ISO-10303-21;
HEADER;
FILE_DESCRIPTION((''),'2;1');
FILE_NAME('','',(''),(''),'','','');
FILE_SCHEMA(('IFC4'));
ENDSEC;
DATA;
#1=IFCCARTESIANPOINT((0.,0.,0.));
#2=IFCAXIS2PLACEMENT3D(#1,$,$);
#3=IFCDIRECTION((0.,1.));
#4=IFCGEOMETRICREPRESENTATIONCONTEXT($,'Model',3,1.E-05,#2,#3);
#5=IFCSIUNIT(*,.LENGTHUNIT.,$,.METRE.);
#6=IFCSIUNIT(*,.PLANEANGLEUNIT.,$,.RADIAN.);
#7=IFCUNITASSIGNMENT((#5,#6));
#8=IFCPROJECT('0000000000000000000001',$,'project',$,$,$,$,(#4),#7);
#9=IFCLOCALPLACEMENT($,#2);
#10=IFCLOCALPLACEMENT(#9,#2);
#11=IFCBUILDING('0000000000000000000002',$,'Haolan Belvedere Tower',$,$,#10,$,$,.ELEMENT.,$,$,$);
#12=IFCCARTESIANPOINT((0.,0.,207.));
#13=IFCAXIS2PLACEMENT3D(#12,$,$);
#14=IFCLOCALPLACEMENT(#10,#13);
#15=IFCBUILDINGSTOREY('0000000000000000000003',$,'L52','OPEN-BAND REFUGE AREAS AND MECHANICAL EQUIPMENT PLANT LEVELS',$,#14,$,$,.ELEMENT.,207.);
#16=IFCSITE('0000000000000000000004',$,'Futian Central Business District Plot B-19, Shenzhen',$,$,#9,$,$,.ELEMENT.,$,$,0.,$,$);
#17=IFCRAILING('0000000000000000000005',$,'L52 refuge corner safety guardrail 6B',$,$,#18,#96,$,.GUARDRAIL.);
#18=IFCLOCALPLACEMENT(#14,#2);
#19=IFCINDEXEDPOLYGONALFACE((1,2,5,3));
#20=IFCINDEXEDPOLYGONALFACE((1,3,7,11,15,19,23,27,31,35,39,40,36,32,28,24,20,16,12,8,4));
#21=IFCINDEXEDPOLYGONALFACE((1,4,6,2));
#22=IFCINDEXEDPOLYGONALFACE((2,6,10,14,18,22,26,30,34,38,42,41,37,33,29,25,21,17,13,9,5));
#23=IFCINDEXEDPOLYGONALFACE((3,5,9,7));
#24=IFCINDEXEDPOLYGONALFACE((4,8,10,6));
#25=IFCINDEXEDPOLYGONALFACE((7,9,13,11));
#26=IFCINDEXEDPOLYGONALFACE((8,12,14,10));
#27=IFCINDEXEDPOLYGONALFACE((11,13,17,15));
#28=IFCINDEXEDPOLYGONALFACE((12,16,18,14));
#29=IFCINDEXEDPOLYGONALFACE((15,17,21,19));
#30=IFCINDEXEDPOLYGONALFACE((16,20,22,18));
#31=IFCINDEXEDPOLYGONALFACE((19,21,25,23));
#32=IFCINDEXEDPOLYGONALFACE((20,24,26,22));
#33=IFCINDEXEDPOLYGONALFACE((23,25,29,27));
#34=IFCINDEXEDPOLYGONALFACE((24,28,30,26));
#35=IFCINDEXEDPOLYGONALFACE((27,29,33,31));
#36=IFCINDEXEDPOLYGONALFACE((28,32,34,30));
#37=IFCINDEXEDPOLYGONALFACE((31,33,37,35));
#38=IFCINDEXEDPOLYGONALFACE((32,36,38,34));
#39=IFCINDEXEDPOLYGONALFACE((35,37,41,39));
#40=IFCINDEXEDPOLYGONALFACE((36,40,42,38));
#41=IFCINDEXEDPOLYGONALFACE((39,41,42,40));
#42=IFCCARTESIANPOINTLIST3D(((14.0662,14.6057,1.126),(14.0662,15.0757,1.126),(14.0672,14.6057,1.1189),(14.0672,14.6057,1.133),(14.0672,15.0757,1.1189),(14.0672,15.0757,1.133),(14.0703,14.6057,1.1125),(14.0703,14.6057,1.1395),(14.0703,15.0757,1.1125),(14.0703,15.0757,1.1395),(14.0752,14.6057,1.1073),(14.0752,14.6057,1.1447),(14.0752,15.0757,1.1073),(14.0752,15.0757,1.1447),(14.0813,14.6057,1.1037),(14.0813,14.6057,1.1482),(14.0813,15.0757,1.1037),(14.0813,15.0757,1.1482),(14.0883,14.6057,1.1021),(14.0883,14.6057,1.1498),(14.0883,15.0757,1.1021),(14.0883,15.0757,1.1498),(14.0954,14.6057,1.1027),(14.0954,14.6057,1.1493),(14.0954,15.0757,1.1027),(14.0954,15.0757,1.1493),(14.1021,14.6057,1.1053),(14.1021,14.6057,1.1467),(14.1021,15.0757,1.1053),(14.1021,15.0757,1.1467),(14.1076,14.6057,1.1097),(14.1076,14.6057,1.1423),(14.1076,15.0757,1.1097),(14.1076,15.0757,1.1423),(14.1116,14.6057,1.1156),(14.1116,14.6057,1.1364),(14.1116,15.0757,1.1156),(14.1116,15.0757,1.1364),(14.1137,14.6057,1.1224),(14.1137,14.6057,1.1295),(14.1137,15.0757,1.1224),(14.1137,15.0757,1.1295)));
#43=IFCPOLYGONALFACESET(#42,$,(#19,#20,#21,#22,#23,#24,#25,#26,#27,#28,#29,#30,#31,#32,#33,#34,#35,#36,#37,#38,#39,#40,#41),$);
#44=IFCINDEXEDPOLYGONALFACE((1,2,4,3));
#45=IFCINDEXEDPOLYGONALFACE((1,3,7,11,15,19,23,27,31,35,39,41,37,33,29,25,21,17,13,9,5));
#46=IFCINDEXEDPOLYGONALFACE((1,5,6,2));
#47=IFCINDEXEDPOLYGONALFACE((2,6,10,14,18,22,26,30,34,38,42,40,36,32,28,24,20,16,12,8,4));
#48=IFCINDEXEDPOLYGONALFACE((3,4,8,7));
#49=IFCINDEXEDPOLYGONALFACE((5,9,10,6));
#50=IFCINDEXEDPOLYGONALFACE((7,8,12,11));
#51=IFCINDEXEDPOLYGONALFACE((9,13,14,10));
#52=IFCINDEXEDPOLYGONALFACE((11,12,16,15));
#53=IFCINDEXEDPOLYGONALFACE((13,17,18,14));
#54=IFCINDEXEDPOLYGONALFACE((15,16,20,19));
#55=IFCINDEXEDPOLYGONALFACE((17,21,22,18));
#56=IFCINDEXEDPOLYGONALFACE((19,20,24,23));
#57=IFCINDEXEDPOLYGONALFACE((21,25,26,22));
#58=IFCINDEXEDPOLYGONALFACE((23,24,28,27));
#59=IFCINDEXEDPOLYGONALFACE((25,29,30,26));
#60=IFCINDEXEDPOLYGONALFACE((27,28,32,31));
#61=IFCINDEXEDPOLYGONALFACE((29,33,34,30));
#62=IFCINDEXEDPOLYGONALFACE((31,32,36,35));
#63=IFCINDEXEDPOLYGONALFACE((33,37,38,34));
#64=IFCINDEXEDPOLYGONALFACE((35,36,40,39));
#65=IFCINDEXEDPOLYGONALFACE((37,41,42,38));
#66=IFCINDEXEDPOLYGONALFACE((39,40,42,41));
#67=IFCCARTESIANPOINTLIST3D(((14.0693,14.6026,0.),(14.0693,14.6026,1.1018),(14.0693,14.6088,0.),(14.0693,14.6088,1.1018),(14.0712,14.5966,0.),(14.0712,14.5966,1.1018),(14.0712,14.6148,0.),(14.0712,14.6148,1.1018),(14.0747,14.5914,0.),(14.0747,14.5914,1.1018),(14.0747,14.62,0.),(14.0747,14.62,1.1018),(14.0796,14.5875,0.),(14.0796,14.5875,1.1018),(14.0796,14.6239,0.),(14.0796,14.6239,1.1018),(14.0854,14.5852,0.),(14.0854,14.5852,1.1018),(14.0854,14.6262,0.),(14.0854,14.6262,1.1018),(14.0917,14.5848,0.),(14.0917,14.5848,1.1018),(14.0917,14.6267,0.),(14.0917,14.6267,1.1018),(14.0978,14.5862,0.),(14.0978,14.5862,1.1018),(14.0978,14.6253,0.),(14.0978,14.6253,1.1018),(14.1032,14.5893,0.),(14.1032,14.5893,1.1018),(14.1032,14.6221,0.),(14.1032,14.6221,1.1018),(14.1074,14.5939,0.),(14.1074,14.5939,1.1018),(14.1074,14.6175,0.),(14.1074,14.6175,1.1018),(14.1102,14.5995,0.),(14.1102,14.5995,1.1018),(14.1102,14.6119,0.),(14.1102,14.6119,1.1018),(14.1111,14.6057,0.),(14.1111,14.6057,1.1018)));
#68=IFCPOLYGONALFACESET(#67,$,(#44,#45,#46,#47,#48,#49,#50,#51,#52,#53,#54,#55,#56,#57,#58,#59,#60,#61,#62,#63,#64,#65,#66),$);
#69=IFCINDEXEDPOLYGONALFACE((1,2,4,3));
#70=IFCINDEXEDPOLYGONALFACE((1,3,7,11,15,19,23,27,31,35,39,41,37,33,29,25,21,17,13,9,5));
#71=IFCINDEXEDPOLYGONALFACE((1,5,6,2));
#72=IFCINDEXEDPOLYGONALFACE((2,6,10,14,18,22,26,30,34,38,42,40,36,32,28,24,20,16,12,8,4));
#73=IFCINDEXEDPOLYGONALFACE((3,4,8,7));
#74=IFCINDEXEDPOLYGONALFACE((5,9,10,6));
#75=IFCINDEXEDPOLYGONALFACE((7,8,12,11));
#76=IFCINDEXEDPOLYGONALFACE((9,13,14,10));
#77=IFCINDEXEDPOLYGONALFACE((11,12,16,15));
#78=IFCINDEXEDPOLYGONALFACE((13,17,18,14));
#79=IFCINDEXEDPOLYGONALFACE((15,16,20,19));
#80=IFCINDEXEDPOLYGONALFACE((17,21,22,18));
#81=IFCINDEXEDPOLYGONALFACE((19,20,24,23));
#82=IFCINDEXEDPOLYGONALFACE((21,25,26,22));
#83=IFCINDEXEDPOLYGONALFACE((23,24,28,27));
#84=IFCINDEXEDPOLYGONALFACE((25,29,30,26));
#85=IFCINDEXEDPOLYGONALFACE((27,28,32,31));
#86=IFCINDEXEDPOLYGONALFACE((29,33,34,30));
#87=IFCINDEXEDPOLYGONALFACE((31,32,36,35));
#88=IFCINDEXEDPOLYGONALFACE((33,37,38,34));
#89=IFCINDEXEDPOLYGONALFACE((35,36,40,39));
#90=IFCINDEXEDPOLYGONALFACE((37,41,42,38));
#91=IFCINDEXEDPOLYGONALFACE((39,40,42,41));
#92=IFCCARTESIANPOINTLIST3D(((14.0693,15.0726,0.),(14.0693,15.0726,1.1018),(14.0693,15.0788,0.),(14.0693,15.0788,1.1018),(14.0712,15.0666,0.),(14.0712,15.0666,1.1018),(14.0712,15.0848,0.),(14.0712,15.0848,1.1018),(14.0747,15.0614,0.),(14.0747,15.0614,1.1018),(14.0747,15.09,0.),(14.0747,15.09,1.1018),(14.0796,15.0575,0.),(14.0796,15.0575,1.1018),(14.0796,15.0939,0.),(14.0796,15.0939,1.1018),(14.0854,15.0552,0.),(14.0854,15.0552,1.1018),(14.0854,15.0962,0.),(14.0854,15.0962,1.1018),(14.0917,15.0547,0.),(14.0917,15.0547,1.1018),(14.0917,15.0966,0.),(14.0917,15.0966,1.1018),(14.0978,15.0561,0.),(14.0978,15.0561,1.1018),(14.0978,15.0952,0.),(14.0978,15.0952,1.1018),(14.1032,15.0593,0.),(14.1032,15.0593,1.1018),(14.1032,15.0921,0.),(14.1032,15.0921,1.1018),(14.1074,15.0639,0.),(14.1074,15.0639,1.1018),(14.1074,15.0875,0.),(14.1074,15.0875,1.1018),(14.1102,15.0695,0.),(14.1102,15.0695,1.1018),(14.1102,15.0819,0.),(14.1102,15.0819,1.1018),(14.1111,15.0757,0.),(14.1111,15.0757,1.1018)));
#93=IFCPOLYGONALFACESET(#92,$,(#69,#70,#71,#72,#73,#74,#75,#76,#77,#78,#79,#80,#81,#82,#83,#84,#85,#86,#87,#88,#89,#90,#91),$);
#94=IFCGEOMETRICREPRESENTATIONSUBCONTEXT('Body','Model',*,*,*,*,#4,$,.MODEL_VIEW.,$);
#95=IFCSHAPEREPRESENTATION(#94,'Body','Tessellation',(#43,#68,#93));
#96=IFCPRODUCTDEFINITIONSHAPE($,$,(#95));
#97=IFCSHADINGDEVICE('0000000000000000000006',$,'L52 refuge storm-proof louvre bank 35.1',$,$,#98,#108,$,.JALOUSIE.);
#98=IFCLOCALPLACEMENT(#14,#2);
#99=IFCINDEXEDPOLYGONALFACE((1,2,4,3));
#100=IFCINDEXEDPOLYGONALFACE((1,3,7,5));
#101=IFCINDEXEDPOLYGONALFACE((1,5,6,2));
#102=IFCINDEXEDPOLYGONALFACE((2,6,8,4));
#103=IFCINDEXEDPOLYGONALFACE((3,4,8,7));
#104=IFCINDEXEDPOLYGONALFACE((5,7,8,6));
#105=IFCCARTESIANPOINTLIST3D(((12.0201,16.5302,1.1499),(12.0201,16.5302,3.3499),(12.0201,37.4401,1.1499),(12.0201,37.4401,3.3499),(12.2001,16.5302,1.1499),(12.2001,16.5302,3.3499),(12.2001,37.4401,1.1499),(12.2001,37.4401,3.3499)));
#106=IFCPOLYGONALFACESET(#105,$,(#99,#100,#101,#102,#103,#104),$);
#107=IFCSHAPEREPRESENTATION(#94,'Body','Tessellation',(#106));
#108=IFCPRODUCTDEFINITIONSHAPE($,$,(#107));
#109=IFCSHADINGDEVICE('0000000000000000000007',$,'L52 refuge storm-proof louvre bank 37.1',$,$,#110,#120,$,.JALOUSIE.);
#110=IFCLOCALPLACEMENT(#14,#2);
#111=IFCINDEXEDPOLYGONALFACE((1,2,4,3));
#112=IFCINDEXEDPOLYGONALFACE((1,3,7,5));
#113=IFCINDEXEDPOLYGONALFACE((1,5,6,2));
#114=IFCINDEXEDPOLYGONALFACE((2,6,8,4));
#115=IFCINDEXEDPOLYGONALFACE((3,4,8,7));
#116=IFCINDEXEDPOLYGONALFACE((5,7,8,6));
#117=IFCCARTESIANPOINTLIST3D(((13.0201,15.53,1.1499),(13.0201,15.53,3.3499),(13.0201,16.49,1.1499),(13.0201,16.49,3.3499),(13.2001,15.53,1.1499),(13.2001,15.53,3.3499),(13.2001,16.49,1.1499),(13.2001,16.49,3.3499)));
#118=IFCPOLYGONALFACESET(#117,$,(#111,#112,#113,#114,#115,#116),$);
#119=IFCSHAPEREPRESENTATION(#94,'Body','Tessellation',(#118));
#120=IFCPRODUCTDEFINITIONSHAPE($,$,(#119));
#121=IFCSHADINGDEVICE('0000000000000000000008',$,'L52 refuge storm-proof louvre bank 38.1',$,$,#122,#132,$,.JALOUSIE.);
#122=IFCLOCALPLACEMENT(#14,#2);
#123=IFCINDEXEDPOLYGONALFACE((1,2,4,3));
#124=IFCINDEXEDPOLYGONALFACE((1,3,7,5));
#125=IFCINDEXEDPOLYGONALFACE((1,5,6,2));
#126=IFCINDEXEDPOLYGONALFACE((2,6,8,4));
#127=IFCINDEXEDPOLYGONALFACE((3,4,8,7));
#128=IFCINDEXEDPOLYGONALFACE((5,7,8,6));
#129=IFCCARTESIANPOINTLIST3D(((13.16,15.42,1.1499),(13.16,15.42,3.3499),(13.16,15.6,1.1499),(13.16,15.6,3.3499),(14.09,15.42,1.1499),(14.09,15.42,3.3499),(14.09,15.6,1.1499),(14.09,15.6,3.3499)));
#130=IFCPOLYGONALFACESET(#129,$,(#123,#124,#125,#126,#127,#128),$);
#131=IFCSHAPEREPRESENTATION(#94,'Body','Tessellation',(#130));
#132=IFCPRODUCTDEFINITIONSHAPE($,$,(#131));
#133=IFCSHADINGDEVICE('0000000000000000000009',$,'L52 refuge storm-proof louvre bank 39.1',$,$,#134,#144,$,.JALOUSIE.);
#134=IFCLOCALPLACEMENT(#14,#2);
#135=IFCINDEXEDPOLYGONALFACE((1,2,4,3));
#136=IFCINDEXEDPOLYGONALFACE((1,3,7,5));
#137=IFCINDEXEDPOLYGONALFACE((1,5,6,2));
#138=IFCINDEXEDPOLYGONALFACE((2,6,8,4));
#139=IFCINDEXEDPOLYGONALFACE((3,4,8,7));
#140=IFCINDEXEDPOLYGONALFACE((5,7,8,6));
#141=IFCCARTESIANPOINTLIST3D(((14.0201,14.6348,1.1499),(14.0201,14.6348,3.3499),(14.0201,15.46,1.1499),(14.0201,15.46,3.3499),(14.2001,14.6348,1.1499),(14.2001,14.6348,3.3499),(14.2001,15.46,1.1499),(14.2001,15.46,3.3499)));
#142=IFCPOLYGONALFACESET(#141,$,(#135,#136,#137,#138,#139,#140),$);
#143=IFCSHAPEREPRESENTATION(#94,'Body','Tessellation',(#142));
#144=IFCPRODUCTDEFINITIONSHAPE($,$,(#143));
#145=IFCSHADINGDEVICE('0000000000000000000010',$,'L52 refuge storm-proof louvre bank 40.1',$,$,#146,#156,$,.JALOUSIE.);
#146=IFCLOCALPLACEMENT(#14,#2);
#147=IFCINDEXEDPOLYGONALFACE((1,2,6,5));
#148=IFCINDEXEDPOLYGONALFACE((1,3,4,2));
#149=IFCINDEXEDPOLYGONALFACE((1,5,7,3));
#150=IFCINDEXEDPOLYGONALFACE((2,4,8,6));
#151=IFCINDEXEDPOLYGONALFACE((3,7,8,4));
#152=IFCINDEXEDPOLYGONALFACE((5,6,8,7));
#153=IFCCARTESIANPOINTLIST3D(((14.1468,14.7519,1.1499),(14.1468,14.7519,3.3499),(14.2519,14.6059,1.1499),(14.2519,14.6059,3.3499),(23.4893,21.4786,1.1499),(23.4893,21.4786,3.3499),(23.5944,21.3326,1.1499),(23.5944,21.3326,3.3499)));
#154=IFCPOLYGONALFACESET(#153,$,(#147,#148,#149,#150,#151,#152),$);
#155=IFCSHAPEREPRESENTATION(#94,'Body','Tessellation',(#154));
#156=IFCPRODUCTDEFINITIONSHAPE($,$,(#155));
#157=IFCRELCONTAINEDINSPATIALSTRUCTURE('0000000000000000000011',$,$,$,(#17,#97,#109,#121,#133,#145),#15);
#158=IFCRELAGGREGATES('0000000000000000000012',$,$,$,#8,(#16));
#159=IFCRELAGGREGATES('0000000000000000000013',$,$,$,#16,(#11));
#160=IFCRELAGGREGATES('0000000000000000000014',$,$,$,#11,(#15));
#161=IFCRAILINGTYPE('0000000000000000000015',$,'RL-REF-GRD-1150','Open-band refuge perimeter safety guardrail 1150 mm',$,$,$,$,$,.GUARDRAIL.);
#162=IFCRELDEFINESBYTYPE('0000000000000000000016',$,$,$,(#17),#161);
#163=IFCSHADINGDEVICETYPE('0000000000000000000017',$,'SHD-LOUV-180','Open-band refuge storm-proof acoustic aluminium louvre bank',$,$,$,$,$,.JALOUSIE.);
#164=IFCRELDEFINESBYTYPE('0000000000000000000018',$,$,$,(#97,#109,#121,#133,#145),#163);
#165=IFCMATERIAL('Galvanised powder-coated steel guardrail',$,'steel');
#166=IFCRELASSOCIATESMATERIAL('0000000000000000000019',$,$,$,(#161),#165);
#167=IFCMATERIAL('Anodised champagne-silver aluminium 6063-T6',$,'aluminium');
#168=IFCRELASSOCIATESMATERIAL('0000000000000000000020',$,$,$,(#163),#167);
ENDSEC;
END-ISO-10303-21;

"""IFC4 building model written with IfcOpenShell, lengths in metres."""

from ifc_helpers import new_model, si_unit, direction, frame, origin, origin_2d, place, context, subcontext, project, spatial, rectangle, circle, extrude, material, type_object, element, save


model = new_model("IFC4")

# Units and contexts
model_context = context("Model", 3, precision=1e-05, world=origin(), true_north=direction((0.0, 1.0)))
body_context = subcontext(model_context, "Body", "Model", "MODEL_VIEW")
ifc_project = project(units=[si_unit("LENGTHUNIT", "METRE"), si_unit("PLANEANGLEUNIT", "RADIAN")], contexts=[model_context])

# Site, building, storey
site_placement = place(None, origin())
site = spatial("IfcSite", under=ifc_project, at=site_placement, Name="Futian Central Business District Plot B-19, Shenzhen", CompositionType="ELEMENT", RefElevation=0.0)
building_placement = place(site_placement, origin())
building = spatial("IfcBuilding", under=site, at=building_placement, Name="Haolan Belvedere Tower", CompositionType="ELEMENT")
storey_placement = place(building_placement, frame((0.0, 0.0, 207.0)))
storey = spatial("IfcBuildingStorey", under=building, at=storey_placement, Name="L52", Description="OPEN-BAND REFUGE AREAS AND MECHANICAL EQUIPMENT PLANT LEVELS", CompositionType="ELEMENT", Elevation=207.0)

# Railing
ifc_material_1 = material(Name="Galvanised powder-coated steel guardrail", Category="steel")
railing_type = type_object("IfcRailingType", Name="RL-REF-GRD-1150", Description="Open-band refuge perimeter safety guardrail 1150 mm", PredefinedType="GUARDRAIL", material=ifc_material_1)
railing_placement = place(storey_placement, frame((14.0901, 14.6057, 0.0)))
element("IfcRailing", 1, at=railing_placement, inside=storey, type_object=railing_type, Name="L52 refuge corner safety guardrail 6B", PredefinedType="GUARDRAIL", context=body_context, shape_type="SweptSolid", body=[
    extrude(circle(Radius=0.0239, at=origin_2d()), frame((0.0, 0.0, 1.126), z_axis=(0.0, 1.0, 0.0), x_axis=(-1.0, 0.0, 0.0)), (0.0, 0.0, 1.0), 0.47),
    extrude(circle(Radius=0.021, at=origin_2d()), origin(), (0.0, 0.0, 1.0), 1.1018),
    extrude(circle(Radius=0.021, at=origin_2d()), frame((0.0, 0.47, 0.0)), (0.0, 0.0, 1.0), 1.1018),
])

# Shading devices
ifc_material_2 = material(Name="Anodised champagne-silver aluminium 6063-T6", Category="aluminium")
shading_device_type = type_object("IfcShadingDeviceType", Name="SHD-LOUV-180", Description="Open-band refuge storm-proof acoustic aluminium louvre bank", PredefinedType="JALOUSIE", material=ifc_material_2)
shading_device_1_placement = place(storey_placement, frame((12.1101, 26.9851, 1.1499), z_axis=(0.0, 0.0, 1.0), x_axis=(0.0, -1.0, 0.0)))
element("IfcShadingDevice", 2, at=shading_device_1_placement, inside=storey, type_object=shading_device_type, Name="L52 refuge storm-proof louvre bank 35.1", PredefinedType="JALOUSIE", context=body_context, shape_type="SweptSolid", body=[
    extrude(rectangle(XDim=20.9099, YDim=0.1799, at=origin_2d()), origin(), (0.0, 0.0, 1.0), 2.2),
])
shading_device_2_placement = place(storey_placement, frame((13.1101, 16.01, 1.1499), z_axis=(0.0, 0.0, 1.0), x_axis=(0.0, -1.0, 0.0)))
element("IfcShadingDevice", 3, at=shading_device_2_placement, inside=storey, type_object=shading_device_type, Name="L52 refuge storm-proof louvre bank 37.1", PredefinedType="JALOUSIE", context=body_context, shape_type="SweptSolid", body=[
    extrude(rectangle(XDim=0.96, YDim=0.1799, at=origin_2d()), origin(), (0.0, 0.0, 1.0), 2.2),
])
shading_device_3_placement = place(storey_placement, frame((13.625, 15.51, 1.1499), z_axis=(0.0, 0.0, 1.0), x_axis=(1.0, 0.0, 0.0)))
element("IfcShadingDevice", 4, at=shading_device_3_placement, inside=storey, type_object=shading_device_type, Name="L52 refuge storm-proof louvre bank 38.1", PredefinedType="JALOUSIE", context=body_context, shape_type="SweptSolid", body=[
    extrude(rectangle(XDim=0.9299, YDim=0.1799, at=origin_2d()), origin(), (0.0, 0.0, 1.0), 2.2),
])
shading_device_4_placement = place(storey_placement, frame((14.1101, 15.0474, 1.1499), z_axis=(0.0, 0.0, 1.0), x_axis=(0.0, -1.0, 0.0)))
element("IfcShadingDevice", 5, at=shading_device_4_placement, inside=storey, type_object=shading_device_type, Name="L52 refuge storm-proof louvre bank 39.1", PredefinedType="JALOUSIE", context=body_context, shape_type="SweptSolid", body=[
    extrude(rectangle(XDim=0.8252, YDim=0.1799, at=origin_2d()), origin(), (0.0, 0.0, 1.0), 2.2),
])
shading_device_5_placement = place(storey_placement, frame((18.8706, 18.0422, 1.1499), z_axis=(0.0, 0.0, 1.0), x_axis=(0.811533, 0.584306, 0.0)))
element("IfcShadingDevice", 6, at=shading_device_5_placement, inside=storey, type_object=shading_device_type, Name="L52 refuge storm-proof louvre bank 40.1", PredefinedType="JALOUSIE", context=body_context, shape_type="SweptSolid", body=[
    extrude(rectangle(XDim=11.5122, YDim=0.1799, at=origin_2d()), origin(), (0.0, 0.0, 1.0), 2.2),
])

save(model, "model.ifc")
